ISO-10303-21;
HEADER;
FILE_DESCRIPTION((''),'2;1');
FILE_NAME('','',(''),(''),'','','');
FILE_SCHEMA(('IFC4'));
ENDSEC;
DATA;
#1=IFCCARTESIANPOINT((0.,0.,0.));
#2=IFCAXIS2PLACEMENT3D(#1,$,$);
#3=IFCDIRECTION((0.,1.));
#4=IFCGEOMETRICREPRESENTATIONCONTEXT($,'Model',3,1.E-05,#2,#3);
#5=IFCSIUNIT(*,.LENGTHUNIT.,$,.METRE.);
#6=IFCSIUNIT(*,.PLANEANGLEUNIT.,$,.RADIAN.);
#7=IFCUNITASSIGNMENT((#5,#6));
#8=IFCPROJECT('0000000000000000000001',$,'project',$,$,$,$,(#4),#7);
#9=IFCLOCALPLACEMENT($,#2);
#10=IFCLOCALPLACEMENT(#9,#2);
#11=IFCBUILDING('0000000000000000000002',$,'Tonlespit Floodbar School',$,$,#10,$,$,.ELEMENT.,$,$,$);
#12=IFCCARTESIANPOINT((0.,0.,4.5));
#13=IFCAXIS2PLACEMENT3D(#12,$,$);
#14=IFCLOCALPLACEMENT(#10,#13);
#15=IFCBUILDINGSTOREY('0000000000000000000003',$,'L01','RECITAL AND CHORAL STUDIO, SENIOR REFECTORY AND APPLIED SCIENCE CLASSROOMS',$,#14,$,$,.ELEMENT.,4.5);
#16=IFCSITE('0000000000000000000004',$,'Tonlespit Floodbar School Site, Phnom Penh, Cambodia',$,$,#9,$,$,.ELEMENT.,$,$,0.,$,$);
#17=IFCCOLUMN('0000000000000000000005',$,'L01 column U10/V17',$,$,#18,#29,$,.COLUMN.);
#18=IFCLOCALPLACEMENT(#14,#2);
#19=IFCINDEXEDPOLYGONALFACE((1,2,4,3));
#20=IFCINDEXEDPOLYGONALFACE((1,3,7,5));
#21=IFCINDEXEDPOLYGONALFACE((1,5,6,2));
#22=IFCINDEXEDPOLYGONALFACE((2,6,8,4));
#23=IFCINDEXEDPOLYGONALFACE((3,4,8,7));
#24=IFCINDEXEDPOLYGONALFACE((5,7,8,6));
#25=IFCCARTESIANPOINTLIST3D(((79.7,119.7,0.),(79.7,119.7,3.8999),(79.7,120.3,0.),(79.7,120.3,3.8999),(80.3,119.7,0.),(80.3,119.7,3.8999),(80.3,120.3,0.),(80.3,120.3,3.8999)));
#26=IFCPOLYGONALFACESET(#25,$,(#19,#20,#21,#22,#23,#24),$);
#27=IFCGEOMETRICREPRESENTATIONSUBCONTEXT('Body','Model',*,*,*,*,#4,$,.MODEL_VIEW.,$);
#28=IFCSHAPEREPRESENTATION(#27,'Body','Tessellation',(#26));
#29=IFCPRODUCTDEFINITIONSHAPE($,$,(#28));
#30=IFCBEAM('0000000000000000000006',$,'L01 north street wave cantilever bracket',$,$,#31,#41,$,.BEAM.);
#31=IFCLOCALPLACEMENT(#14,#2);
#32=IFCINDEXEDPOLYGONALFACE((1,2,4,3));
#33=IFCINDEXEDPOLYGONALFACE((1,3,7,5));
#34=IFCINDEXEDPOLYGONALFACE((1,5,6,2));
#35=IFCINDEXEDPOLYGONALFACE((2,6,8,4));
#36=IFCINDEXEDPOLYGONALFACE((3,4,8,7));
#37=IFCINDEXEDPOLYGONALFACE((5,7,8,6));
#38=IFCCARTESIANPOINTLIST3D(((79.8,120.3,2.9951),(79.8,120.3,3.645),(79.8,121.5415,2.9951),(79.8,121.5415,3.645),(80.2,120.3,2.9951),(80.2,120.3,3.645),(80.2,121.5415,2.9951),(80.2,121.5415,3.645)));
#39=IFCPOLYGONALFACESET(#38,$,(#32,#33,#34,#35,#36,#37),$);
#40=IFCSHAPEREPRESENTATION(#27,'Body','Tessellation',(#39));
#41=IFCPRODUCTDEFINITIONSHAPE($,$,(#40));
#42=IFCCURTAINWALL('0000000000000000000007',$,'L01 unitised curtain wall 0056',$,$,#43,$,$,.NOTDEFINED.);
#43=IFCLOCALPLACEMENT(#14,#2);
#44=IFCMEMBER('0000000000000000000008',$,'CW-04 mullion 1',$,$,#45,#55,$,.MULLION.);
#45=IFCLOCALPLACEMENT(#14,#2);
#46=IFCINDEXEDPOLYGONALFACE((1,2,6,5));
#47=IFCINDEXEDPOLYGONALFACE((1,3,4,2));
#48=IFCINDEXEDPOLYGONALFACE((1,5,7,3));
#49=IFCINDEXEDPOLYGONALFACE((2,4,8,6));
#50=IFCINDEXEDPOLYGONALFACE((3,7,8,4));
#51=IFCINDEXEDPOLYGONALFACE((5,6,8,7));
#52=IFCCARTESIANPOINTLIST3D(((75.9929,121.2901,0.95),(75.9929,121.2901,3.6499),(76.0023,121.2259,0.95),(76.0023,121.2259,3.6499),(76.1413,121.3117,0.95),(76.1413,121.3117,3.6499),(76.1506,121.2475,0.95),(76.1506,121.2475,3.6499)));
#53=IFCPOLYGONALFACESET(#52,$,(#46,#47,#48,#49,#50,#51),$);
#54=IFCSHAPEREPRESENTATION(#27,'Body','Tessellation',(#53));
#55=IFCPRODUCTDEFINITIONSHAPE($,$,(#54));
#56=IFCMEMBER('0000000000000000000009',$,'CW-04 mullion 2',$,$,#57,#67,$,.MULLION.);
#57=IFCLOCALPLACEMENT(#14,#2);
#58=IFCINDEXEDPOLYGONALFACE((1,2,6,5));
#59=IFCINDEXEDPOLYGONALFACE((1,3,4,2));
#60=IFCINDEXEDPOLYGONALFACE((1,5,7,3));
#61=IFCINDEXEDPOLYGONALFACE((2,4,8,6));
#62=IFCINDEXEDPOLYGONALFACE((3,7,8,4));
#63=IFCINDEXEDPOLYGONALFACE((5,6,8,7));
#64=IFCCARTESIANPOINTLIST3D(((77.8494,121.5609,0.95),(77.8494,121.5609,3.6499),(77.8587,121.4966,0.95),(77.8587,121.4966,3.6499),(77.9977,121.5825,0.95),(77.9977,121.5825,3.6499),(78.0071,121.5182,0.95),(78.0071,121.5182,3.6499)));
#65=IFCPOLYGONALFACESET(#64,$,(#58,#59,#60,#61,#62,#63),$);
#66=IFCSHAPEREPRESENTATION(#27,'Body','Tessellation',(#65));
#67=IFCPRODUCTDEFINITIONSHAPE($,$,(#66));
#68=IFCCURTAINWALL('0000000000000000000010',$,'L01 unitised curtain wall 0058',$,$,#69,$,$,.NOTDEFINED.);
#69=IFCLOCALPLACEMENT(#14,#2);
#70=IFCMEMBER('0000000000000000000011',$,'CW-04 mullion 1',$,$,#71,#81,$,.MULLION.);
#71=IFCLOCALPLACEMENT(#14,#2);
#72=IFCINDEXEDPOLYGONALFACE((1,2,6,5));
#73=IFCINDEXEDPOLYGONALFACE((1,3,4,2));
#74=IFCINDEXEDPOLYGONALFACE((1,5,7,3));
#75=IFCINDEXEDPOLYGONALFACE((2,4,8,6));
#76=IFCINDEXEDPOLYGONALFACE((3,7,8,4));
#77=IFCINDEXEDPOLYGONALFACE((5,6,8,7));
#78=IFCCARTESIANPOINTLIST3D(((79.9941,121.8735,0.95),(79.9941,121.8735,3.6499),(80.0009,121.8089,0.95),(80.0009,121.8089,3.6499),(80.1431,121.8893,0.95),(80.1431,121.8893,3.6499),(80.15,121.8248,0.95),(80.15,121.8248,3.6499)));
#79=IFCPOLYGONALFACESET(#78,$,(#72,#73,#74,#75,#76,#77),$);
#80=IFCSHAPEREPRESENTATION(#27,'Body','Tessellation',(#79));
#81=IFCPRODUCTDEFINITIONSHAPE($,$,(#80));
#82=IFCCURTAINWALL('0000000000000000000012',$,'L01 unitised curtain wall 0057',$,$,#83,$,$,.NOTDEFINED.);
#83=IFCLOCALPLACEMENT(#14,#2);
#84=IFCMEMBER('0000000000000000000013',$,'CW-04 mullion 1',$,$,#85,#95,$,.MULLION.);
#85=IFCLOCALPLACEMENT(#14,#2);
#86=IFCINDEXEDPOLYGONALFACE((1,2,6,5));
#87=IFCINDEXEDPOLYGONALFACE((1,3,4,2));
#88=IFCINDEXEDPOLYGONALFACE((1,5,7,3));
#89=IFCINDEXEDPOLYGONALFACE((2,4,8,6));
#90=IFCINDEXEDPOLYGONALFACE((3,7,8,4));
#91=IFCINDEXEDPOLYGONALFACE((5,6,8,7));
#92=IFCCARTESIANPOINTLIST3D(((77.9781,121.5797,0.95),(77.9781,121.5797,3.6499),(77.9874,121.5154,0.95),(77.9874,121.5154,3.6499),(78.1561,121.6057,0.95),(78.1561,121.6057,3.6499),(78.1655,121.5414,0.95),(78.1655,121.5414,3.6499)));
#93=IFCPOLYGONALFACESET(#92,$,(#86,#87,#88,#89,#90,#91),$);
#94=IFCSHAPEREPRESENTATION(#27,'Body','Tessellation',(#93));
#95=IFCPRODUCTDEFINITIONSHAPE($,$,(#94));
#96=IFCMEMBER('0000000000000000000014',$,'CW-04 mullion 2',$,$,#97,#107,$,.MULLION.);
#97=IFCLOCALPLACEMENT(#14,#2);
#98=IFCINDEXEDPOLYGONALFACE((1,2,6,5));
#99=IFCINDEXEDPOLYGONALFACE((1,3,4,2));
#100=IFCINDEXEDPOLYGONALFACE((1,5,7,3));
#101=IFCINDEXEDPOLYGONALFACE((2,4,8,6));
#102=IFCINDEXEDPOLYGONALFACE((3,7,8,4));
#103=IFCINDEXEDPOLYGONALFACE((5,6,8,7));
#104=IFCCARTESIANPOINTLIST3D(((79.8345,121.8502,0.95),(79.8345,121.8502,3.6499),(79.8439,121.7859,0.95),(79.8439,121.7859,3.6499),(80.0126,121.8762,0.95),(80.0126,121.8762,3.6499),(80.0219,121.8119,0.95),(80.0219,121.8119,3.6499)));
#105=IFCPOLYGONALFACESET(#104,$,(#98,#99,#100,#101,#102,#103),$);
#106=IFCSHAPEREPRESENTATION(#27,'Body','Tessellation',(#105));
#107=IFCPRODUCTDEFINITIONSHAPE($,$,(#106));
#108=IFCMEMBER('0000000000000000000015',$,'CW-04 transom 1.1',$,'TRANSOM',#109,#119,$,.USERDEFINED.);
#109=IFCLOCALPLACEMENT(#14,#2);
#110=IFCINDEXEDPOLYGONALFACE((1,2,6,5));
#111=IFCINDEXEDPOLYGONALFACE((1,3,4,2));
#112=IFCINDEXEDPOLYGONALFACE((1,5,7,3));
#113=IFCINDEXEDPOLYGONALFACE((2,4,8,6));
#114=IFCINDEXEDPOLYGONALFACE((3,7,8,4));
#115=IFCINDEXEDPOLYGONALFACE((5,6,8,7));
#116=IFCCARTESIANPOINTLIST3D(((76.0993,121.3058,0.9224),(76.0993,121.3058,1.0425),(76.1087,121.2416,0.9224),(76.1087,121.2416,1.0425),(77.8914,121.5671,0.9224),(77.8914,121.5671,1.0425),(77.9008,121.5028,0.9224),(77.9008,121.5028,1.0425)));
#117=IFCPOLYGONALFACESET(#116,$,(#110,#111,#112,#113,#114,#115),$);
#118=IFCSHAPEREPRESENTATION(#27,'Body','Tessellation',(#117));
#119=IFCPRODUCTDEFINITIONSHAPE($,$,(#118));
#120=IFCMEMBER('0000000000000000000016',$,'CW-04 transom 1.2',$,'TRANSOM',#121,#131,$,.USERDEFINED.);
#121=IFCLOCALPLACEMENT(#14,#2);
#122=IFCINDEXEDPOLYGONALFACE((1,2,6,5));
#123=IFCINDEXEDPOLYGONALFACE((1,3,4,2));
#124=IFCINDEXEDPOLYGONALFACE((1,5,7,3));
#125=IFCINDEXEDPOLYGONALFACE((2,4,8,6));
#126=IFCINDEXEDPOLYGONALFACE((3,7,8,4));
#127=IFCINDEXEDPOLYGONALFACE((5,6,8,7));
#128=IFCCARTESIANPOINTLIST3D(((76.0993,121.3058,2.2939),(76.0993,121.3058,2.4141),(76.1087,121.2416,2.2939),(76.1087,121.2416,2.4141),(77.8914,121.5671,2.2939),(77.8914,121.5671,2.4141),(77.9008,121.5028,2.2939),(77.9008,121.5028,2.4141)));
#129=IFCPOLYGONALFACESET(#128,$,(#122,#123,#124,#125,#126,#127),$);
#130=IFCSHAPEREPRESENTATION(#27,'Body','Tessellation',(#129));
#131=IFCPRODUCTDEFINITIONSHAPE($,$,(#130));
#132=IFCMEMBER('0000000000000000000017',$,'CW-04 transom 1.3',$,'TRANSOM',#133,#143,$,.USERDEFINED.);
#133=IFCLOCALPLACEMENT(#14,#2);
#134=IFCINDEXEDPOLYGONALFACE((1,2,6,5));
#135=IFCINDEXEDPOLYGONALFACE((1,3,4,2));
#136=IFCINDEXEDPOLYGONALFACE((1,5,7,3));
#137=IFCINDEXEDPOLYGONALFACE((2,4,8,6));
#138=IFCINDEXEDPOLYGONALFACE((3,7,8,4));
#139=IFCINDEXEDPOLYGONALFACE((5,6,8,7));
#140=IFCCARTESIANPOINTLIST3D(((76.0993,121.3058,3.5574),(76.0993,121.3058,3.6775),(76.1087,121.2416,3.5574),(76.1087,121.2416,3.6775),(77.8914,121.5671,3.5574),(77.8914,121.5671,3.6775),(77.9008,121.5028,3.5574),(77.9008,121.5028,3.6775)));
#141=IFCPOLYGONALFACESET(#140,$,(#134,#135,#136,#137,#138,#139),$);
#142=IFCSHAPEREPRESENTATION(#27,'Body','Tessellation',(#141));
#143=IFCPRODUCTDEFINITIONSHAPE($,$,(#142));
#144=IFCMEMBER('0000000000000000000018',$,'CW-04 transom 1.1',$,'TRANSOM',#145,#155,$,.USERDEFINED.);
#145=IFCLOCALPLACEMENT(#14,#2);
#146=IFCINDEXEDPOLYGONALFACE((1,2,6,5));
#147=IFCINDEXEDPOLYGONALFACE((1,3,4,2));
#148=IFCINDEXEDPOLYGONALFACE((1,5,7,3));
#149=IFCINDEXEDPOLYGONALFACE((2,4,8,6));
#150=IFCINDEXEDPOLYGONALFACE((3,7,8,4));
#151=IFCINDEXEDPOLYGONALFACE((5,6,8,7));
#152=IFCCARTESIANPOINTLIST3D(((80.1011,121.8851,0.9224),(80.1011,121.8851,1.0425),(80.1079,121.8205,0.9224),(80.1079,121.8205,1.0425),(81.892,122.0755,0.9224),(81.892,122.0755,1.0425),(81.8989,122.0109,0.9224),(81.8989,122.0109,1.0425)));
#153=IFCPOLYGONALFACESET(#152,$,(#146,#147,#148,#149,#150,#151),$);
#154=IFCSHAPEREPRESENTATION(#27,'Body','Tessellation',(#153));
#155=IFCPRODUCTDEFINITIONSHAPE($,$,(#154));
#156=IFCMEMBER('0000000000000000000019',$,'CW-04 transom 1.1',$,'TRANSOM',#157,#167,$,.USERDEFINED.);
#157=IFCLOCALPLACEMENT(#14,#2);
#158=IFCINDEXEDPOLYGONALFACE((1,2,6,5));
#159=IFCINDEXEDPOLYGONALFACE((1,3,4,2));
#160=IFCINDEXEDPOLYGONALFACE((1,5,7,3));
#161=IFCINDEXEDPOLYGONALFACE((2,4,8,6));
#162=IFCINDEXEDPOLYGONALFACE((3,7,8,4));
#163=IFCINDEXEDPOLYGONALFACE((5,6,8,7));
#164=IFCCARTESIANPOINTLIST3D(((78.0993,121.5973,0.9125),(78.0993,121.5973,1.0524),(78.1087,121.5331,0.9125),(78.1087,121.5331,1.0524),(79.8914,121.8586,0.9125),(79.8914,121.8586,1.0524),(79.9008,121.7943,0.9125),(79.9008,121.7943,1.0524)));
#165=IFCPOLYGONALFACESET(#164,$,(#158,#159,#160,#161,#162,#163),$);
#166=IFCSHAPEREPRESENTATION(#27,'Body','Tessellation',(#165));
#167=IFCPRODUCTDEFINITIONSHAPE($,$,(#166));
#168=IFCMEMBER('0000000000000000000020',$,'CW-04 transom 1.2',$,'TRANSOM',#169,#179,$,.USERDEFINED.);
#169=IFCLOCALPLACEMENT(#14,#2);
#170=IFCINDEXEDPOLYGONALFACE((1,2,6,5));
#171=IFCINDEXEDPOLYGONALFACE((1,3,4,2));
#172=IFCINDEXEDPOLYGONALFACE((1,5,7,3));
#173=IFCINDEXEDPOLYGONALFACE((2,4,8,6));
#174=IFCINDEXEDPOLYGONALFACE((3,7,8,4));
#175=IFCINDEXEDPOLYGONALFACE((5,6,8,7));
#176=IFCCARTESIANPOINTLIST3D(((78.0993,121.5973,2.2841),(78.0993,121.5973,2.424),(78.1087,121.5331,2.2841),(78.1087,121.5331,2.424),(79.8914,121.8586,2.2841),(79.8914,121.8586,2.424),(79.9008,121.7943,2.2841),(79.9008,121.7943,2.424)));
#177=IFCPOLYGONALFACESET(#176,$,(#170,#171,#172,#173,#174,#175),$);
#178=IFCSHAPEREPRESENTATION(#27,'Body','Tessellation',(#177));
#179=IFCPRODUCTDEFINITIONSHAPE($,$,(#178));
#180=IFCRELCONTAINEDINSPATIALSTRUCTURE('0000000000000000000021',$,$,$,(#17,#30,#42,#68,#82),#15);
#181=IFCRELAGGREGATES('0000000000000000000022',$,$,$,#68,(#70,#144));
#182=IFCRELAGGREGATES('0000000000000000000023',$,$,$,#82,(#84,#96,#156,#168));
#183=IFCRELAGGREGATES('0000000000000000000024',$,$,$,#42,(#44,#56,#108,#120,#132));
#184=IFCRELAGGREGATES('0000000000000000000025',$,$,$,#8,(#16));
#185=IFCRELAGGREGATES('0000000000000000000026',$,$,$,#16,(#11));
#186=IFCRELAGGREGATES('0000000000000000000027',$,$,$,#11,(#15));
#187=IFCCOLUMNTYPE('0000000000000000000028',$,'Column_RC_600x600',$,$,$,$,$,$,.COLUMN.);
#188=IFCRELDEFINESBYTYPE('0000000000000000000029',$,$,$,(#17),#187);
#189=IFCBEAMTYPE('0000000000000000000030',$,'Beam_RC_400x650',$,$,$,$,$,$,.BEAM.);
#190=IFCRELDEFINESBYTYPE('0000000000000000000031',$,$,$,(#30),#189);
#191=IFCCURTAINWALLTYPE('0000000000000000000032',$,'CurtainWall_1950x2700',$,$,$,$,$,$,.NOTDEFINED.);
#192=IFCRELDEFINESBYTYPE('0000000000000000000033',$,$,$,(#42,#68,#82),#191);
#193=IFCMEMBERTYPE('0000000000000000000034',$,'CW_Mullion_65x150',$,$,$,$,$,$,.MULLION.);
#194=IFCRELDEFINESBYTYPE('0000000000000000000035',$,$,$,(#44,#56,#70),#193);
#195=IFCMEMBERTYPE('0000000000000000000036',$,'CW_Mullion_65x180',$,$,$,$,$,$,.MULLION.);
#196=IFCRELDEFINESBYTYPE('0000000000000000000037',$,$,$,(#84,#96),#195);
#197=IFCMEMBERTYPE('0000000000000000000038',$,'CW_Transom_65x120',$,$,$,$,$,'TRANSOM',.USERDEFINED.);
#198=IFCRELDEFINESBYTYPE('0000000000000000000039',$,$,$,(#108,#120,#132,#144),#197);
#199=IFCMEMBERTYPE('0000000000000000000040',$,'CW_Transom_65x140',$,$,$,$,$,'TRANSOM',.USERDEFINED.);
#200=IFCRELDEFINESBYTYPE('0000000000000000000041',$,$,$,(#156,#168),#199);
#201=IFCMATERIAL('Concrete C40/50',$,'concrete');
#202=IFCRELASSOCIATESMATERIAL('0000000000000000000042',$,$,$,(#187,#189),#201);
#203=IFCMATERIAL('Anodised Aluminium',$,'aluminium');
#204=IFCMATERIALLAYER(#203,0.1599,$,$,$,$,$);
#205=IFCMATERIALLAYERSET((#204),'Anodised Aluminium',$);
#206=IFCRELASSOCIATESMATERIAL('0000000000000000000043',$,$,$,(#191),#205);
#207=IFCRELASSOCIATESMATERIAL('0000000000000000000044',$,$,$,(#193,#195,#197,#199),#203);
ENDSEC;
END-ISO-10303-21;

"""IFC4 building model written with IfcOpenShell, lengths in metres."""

from ifc_helpers import new_model, si_unit, direction, frame, origin, origin_2d, place, context, subcontext, project, spatial, rectangle, extrude, material, layer, layer_set, material_profile, profile_set, type_object, element, aggregate, save


model = new_model("IFC4")

# Units and contexts
model_context = context("Model", 3, precision=1e-05, world=origin(), true_north=direction((0.0, 1.0)))
body_context = subcontext(model_context, "Body", "Model", "MODEL_VIEW")
ifc_project = project(units=[si_unit("LENGTHUNIT", "METRE"), si_unit("PLANEANGLEUNIT", "RADIAN")], contexts=[model_context])

# Site, building, storey
site_placement = place(None, origin())
site = spatial("IfcSite", under=ifc_project, at=site_placement, Name="Tonlespit Floodbar School Site, Phnom Penh, Cambodia", CompositionType="ELEMENT", RefElevation=0.0)
building_placement = place(site_placement, origin())
building = spatial("IfcBuilding", under=site, at=building_placement, Name="Tonlespit Floodbar School", CompositionType="ELEMENT")
storey_placement = place(building_placement, frame((0.0, 0.0, 4.5)))
storey = spatial("IfcBuildingStorey", under=building, at=storey_placement, Name="L01", Description="RECITAL AND CHORAL STUDIO, SENIOR REFECTORY AND APPLIED SCIENCE CLASSROOMS", CompositionType="ELEMENT", Elevation=4.5)

# Column
ifc_material_1 = material(Name="Concrete C40/50", Category="concrete")
ifc_material_profile_1 = material_profile(ifc_material_1, rectangle(XDim=0.6001, YDim=0.6001, at=origin_2d()), Name="RC 600x600")
ifc_profile_set_1 = profile_set([ifc_material_profile_1], Name="Concrete C40/50")
column_type = type_object("IfcColumnType", Name="Column_RC_600x600", PredefinedType="COLUMN", material=ifc_profile_set_1)
column_placement = place(storey_placement, frame((80.0, 120.0, 0.0), z_axis=(0.0, 0.0, 1.0), x_axis=(1.0, 0.0, 0.0)))
element("IfcColumn", 1, at=column_placement, inside=storey, type_object=column_type, Name="L01 column U10/V17", PredefinedType="COLUMN", context=body_context, shape_type="SweptSolid", body=[
    extrude(rectangle(XDim=0.6001, YDim=0.6001, at=origin_2d()), origin(), (0.0, 0.0, 1.0), 3.8999),
])

# Beam
ifc_material_profile_2 = material_profile(ifc_material_1, rectangle(XDim=0.3999, YDim=0.6499, at=origin_2d()), Name="RC 400x650")
ifc_profile_set_2 = profile_set([ifc_material_profile_2], Name="Concrete C40/50")
beam_type = type_object("IfcBeamType", Name="Beam_RC_400x650", PredefinedType="BEAM", material=ifc_profile_set_2)
beam_placement = place(storey_placement, frame((80.0, 120.3, 3.3201), z_axis=(0.0, 1.0, 0.0), x_axis=(-1.0, 0.0, 0.0)))
element("IfcBeam", 2, at=beam_placement, inside=storey, type_object=beam_type, Name="L01 north street wave cantilever bracket", PredefinedType="BEAM", context=body_context, shape_type="SweptSolid", body=[
    extrude(rectangle(XDim=0.3999, YDim=0.6499, at=origin_2d()), origin(), (0.0, 0.0, 1.0), 1.2415),
])

# Curtain wall, members
ifc_material_2 = material(Name="Anodised Aluminium", Category="aluminium")
ifc_layer_1 = layer(ifc_material_2, 0.1599)
ifc_layer_set_1 = layer_set([ifc_layer_1], Name="Anodised Aluminium")
curtain_wall_type = type_object("IfcCurtainWallType", Name="CurtainWall_1950x2700", PredefinedType="NOTDEFINED", material=ifc_layer_set_1)
curtain_wall_1_placement = place(storey_placement, origin())
curtain_wall_1 = element("IfcCurtainWall", 3, at=curtain_wall_1_placement, inside=storey, type_object=curtain_wall_type, Name="L01 unitised curtain wall 0056", PredefinedType="NOTDEFINED")
ifc_material_profile_3 = material_profile(ifc_material_2, rectangle(XDim=0.0649, YDim=0.1499, at=origin_2d()), Name="ALU M65x150")
ifc_profile_set_3 = profile_set([ifc_material_profile_3], Name="Anodised Aluminium")
member_type_1 = type_object("IfcMemberType", Name="CW_Mullion_65x150", PredefinedType="MULLION", material=ifc_profile_set_3)
member_1_placement = place(storey_placement, frame((76.0718, 121.2688, 0.95), z_axis=(0.0, 0.0, 1.0), x_axis=(-0.144248, 0.989542, 0.0)))
member_1 = element("IfcMember", 4, at=member_1_placement, type_object=member_type_1, Name="CW-04 mullion 1", PredefinedType="MULLION", context=body_context, shape_type="SweptSolid", body=[
    extrude(rectangle(XDim=0.0649, YDim=0.1499, at=origin_2d()), origin(), (0.0, 0.0, 1.0), 2.7),
])
member_2_placement = place(storey_placement, frame((77.9282, 121.5396, 0.95), z_axis=(0.0, 0.0, 1.0), x_axis=(-0.144248, 0.989542, 0.0)))
member_2 = element("IfcMember", 5, at=member_2_placement, type_object=member_type_1, Name="CW-04 mullion 2", PredefinedType="MULLION", context=body_context, shape_type="SweptSolid", body=[
    extrude(rectangle(XDim=0.0649, YDim=0.1499, at=origin_2d()), origin(), (0.0, 0.0, 1.0), 2.7),
])

# Curtain wall, member
curtain_wall_2_placement = place(storey_placement, origin())
curtain_wall_2 = element("IfcCurtainWall", 6, at=curtain_wall_2_placement, inside=storey, type_object=curtain_wall_type, Name="L01 unitised curtain wall 0058", PredefinedType="NOTDEFINED")
member_3_placement = place(storey_placement, frame((80.072, 121.8491, 0.95), z_axis=(0.0, 0.0, 1.0), x_axis=(-0.105787, 0.994389, 0.0)))
member_3 = element("IfcMember", 7, at=member_3_placement, type_object=member_type_1, Name="CW-04 mullion 1", PredefinedType="MULLION", context=body_context, shape_type="SweptSolid", body=[
    extrude(rectangle(XDim=0.0649, YDim=0.1499, at=origin_2d()), origin(), (0.0, 0.0, 1.0), 2.7),
])

# Curtain wall, members
curtain_wall_3_placement = place(storey_placement, origin())
curtain_wall_3 = element("IfcCurtainWall", 8, at=curtain_wall_3_placement, inside=storey, type_object=curtain_wall_type, Name="L01 unitised curtain wall 0057", PredefinedType="NOTDEFINED")
ifc_material_profile_4 = material_profile(ifc_material_2, rectangle(XDim=0.0649, YDim=0.1799, at=origin_2d()), Name="ALU M65x180")
ifc_profile_set_4 = profile_set([ifc_material_profile_4], Name="Anodised Aluminium")
member_type_2 = type_object("IfcMemberType", Name="CW_Mullion_65x180", PredefinedType="MULLION", material=ifc_profile_set_4)
member_4_placement = place(storey_placement, frame((78.0718, 121.5605, 0.95), z_axis=(0.0, 0.0, 1.0), x_axis=(-0.144248, 0.989542, 0.0)))
member_4 = element("IfcMember", 9, at=member_4_placement, type_object=member_type_2, Name="CW-04 mullion 1", PredefinedType="MULLION", context=body_context, shape_type="SweptSolid", body=[
    extrude(rectangle(XDim=0.0649, YDim=0.1799, at=origin_2d()), origin(), (0.0, 0.0, 1.0), 2.7),
])
member_5_placement = place(storey_placement, frame((79.9282, 121.8311, 0.95), z_axis=(0.0, 0.0, 1.0), x_axis=(-0.144248, 0.989542, 0.0)))
member_5 = element("IfcMember", 10, at=member_5_placement, type_object=member_type_2, Name="CW-04 mullion 2", PredefinedType="MULLION", context=body_context, shape_type="SweptSolid", body=[
    extrude(rectangle(XDim=0.0649, YDim=0.1799, at=origin_2d()), origin(), (0.0, 0.0, 1.0), 2.7),
])

# Members
ifc_material_profile_5 = material_profile(ifc_material_2, rectangle(XDim=0.0649, YDim=0.1201, at=origin_2d()), Name="ALU T65x120")
ifc_profile_set_5 = profile_set([ifc_material_profile_5], Name="Anodised Aluminium")
member_type_3 = type_object("IfcMemberType", Name="CW_Transom_65x120", ElementType="TRANSOM", PredefinedType="USERDEFINED", material=ifc_profile_set_5)
member_6_placement = place(storey_placement, frame((76.104, 121.2737, 0.9824), z_axis=(0.989541, 0.144252, 0.0), x_axis=(-0.144252, 0.989541, 0.0)))
member_6 = element("IfcMember", 11, at=member_6_placement, type_object=member_type_3, Name="CW-04 transom 1.1", ObjectType="TRANSOM", PredefinedType="USERDEFINED", context=body_context, shape_type="SweptSolid", body=[
    extrude(rectangle(XDim=0.0649, YDim=0.1201, at=origin_2d()), origin(), (0.0, 0.0, 1.0), 1.811),
])
member_7_placement = place(storey_placement, frame((76.104, 121.2737, 2.354), z_axis=(0.989541, 0.144252, 0.0), x_axis=(-0.144252, 0.989541, 0.0)))
member_7 = element("IfcMember", 12, at=member_7_placement, type_object=member_type_3, Name="CW-04 transom 1.2", ObjectType="TRANSOM", PredefinedType="USERDEFINED", context=body_context, shape_type="SweptSolid", body=[
    extrude(rectangle(XDim=0.0649, YDim=0.1201, at=origin_2d()), origin(), (0.0, 0.0, 1.0), 1.811),
])
member_8_placement = place(storey_placement, frame((76.104, 121.2737, 3.6174), z_axis=(0.989541, 0.144252, 0.0), x_axis=(-0.144252, 0.989541, 0.0)))
member_8 = element("IfcMember", 13, at=member_8_placement, type_object=member_type_3, Name="CW-04 transom 1.3", ObjectType="TRANSOM", PredefinedType="USERDEFINED", context=body_context, shape_type="SweptSolid", body=[
    extrude(rectangle(XDim=0.0649, YDim=0.1201, at=origin_2d()), origin(), (0.0, 0.0, 1.0), 1.811),
])
member_9_placement = place(storey_placement, frame((80.1045, 121.8528, 0.9824), z_axis=(0.994395, 0.105729, 0.0), x_axis=(-0.105729, 0.994395, 0.0)))
member_9 = element("IfcMember", 14, at=member_9_placement, type_object=member_type_3, Name="CW-04 transom 1.1", ObjectType="TRANSOM", PredefinedType="USERDEFINED", context=body_context, shape_type="SweptSolid", body=[
    extrude(rectangle(XDim=0.0649, YDim=0.1201, at=origin_2d()), origin(), (0.0, 0.0, 1.0), 1.801),
])
aggregate(curtain_wall_2, [member_3, member_9])
ifc_material_profile_6 = material_profile(ifc_material_2, rectangle(XDim=0.0649, YDim=0.1399, at=origin_2d()), Name="ALU T65x140")
ifc_profile_set_6 = profile_set([ifc_material_profile_6], Name="Anodised Aluminium")
member_type_4 = type_object("IfcMemberType", Name="CW_Transom_65x140", ElementType="TRANSOM", PredefinedType="USERDEFINED", material=ifc_profile_set_6)
member_10_placement = place(storey_placement, frame((78.104, 121.5652, 0.9824), z_axis=(0.989541, 0.144252, 0.0), x_axis=(-0.144252, 0.989541, 0.0)))
member_10 = element("IfcMember", 15, at=member_10_placement, type_object=member_type_4, Name="CW-04 transom 1.1", ObjectType="TRANSOM", PredefinedType="USERDEFINED", context=body_context, shape_type="SweptSolid", body=[
    extrude(rectangle(XDim=0.0649, YDim=0.1399, at=origin_2d()), origin(), (0.0, 0.0, 1.0), 1.811),
])
member_11_placement = place(storey_placement, frame((78.104, 121.5652, 2.354), z_axis=(0.989541, 0.144252, 0.0), x_axis=(-0.144252, 0.989541, 0.0)))
member_11 = element("IfcMember", 16, at=member_11_placement, type_object=member_type_4, Name="CW-04 transom 1.2", ObjectType="TRANSOM", PredefinedType="USERDEFINED", context=body_context, shape_type="SweptSolid", body=[
    extrude(rectangle(XDim=0.0649, YDim=0.1399, at=origin_2d()), origin(), (0.0, 0.0, 1.0), 1.811),
])

aggregate(curtain_wall_3, [member_4, member_5, member_10, member_11])
aggregate(curtain_wall_1, [member_1, member_2, member_6, member_7, member_8])

save(model, "model.ifc")
